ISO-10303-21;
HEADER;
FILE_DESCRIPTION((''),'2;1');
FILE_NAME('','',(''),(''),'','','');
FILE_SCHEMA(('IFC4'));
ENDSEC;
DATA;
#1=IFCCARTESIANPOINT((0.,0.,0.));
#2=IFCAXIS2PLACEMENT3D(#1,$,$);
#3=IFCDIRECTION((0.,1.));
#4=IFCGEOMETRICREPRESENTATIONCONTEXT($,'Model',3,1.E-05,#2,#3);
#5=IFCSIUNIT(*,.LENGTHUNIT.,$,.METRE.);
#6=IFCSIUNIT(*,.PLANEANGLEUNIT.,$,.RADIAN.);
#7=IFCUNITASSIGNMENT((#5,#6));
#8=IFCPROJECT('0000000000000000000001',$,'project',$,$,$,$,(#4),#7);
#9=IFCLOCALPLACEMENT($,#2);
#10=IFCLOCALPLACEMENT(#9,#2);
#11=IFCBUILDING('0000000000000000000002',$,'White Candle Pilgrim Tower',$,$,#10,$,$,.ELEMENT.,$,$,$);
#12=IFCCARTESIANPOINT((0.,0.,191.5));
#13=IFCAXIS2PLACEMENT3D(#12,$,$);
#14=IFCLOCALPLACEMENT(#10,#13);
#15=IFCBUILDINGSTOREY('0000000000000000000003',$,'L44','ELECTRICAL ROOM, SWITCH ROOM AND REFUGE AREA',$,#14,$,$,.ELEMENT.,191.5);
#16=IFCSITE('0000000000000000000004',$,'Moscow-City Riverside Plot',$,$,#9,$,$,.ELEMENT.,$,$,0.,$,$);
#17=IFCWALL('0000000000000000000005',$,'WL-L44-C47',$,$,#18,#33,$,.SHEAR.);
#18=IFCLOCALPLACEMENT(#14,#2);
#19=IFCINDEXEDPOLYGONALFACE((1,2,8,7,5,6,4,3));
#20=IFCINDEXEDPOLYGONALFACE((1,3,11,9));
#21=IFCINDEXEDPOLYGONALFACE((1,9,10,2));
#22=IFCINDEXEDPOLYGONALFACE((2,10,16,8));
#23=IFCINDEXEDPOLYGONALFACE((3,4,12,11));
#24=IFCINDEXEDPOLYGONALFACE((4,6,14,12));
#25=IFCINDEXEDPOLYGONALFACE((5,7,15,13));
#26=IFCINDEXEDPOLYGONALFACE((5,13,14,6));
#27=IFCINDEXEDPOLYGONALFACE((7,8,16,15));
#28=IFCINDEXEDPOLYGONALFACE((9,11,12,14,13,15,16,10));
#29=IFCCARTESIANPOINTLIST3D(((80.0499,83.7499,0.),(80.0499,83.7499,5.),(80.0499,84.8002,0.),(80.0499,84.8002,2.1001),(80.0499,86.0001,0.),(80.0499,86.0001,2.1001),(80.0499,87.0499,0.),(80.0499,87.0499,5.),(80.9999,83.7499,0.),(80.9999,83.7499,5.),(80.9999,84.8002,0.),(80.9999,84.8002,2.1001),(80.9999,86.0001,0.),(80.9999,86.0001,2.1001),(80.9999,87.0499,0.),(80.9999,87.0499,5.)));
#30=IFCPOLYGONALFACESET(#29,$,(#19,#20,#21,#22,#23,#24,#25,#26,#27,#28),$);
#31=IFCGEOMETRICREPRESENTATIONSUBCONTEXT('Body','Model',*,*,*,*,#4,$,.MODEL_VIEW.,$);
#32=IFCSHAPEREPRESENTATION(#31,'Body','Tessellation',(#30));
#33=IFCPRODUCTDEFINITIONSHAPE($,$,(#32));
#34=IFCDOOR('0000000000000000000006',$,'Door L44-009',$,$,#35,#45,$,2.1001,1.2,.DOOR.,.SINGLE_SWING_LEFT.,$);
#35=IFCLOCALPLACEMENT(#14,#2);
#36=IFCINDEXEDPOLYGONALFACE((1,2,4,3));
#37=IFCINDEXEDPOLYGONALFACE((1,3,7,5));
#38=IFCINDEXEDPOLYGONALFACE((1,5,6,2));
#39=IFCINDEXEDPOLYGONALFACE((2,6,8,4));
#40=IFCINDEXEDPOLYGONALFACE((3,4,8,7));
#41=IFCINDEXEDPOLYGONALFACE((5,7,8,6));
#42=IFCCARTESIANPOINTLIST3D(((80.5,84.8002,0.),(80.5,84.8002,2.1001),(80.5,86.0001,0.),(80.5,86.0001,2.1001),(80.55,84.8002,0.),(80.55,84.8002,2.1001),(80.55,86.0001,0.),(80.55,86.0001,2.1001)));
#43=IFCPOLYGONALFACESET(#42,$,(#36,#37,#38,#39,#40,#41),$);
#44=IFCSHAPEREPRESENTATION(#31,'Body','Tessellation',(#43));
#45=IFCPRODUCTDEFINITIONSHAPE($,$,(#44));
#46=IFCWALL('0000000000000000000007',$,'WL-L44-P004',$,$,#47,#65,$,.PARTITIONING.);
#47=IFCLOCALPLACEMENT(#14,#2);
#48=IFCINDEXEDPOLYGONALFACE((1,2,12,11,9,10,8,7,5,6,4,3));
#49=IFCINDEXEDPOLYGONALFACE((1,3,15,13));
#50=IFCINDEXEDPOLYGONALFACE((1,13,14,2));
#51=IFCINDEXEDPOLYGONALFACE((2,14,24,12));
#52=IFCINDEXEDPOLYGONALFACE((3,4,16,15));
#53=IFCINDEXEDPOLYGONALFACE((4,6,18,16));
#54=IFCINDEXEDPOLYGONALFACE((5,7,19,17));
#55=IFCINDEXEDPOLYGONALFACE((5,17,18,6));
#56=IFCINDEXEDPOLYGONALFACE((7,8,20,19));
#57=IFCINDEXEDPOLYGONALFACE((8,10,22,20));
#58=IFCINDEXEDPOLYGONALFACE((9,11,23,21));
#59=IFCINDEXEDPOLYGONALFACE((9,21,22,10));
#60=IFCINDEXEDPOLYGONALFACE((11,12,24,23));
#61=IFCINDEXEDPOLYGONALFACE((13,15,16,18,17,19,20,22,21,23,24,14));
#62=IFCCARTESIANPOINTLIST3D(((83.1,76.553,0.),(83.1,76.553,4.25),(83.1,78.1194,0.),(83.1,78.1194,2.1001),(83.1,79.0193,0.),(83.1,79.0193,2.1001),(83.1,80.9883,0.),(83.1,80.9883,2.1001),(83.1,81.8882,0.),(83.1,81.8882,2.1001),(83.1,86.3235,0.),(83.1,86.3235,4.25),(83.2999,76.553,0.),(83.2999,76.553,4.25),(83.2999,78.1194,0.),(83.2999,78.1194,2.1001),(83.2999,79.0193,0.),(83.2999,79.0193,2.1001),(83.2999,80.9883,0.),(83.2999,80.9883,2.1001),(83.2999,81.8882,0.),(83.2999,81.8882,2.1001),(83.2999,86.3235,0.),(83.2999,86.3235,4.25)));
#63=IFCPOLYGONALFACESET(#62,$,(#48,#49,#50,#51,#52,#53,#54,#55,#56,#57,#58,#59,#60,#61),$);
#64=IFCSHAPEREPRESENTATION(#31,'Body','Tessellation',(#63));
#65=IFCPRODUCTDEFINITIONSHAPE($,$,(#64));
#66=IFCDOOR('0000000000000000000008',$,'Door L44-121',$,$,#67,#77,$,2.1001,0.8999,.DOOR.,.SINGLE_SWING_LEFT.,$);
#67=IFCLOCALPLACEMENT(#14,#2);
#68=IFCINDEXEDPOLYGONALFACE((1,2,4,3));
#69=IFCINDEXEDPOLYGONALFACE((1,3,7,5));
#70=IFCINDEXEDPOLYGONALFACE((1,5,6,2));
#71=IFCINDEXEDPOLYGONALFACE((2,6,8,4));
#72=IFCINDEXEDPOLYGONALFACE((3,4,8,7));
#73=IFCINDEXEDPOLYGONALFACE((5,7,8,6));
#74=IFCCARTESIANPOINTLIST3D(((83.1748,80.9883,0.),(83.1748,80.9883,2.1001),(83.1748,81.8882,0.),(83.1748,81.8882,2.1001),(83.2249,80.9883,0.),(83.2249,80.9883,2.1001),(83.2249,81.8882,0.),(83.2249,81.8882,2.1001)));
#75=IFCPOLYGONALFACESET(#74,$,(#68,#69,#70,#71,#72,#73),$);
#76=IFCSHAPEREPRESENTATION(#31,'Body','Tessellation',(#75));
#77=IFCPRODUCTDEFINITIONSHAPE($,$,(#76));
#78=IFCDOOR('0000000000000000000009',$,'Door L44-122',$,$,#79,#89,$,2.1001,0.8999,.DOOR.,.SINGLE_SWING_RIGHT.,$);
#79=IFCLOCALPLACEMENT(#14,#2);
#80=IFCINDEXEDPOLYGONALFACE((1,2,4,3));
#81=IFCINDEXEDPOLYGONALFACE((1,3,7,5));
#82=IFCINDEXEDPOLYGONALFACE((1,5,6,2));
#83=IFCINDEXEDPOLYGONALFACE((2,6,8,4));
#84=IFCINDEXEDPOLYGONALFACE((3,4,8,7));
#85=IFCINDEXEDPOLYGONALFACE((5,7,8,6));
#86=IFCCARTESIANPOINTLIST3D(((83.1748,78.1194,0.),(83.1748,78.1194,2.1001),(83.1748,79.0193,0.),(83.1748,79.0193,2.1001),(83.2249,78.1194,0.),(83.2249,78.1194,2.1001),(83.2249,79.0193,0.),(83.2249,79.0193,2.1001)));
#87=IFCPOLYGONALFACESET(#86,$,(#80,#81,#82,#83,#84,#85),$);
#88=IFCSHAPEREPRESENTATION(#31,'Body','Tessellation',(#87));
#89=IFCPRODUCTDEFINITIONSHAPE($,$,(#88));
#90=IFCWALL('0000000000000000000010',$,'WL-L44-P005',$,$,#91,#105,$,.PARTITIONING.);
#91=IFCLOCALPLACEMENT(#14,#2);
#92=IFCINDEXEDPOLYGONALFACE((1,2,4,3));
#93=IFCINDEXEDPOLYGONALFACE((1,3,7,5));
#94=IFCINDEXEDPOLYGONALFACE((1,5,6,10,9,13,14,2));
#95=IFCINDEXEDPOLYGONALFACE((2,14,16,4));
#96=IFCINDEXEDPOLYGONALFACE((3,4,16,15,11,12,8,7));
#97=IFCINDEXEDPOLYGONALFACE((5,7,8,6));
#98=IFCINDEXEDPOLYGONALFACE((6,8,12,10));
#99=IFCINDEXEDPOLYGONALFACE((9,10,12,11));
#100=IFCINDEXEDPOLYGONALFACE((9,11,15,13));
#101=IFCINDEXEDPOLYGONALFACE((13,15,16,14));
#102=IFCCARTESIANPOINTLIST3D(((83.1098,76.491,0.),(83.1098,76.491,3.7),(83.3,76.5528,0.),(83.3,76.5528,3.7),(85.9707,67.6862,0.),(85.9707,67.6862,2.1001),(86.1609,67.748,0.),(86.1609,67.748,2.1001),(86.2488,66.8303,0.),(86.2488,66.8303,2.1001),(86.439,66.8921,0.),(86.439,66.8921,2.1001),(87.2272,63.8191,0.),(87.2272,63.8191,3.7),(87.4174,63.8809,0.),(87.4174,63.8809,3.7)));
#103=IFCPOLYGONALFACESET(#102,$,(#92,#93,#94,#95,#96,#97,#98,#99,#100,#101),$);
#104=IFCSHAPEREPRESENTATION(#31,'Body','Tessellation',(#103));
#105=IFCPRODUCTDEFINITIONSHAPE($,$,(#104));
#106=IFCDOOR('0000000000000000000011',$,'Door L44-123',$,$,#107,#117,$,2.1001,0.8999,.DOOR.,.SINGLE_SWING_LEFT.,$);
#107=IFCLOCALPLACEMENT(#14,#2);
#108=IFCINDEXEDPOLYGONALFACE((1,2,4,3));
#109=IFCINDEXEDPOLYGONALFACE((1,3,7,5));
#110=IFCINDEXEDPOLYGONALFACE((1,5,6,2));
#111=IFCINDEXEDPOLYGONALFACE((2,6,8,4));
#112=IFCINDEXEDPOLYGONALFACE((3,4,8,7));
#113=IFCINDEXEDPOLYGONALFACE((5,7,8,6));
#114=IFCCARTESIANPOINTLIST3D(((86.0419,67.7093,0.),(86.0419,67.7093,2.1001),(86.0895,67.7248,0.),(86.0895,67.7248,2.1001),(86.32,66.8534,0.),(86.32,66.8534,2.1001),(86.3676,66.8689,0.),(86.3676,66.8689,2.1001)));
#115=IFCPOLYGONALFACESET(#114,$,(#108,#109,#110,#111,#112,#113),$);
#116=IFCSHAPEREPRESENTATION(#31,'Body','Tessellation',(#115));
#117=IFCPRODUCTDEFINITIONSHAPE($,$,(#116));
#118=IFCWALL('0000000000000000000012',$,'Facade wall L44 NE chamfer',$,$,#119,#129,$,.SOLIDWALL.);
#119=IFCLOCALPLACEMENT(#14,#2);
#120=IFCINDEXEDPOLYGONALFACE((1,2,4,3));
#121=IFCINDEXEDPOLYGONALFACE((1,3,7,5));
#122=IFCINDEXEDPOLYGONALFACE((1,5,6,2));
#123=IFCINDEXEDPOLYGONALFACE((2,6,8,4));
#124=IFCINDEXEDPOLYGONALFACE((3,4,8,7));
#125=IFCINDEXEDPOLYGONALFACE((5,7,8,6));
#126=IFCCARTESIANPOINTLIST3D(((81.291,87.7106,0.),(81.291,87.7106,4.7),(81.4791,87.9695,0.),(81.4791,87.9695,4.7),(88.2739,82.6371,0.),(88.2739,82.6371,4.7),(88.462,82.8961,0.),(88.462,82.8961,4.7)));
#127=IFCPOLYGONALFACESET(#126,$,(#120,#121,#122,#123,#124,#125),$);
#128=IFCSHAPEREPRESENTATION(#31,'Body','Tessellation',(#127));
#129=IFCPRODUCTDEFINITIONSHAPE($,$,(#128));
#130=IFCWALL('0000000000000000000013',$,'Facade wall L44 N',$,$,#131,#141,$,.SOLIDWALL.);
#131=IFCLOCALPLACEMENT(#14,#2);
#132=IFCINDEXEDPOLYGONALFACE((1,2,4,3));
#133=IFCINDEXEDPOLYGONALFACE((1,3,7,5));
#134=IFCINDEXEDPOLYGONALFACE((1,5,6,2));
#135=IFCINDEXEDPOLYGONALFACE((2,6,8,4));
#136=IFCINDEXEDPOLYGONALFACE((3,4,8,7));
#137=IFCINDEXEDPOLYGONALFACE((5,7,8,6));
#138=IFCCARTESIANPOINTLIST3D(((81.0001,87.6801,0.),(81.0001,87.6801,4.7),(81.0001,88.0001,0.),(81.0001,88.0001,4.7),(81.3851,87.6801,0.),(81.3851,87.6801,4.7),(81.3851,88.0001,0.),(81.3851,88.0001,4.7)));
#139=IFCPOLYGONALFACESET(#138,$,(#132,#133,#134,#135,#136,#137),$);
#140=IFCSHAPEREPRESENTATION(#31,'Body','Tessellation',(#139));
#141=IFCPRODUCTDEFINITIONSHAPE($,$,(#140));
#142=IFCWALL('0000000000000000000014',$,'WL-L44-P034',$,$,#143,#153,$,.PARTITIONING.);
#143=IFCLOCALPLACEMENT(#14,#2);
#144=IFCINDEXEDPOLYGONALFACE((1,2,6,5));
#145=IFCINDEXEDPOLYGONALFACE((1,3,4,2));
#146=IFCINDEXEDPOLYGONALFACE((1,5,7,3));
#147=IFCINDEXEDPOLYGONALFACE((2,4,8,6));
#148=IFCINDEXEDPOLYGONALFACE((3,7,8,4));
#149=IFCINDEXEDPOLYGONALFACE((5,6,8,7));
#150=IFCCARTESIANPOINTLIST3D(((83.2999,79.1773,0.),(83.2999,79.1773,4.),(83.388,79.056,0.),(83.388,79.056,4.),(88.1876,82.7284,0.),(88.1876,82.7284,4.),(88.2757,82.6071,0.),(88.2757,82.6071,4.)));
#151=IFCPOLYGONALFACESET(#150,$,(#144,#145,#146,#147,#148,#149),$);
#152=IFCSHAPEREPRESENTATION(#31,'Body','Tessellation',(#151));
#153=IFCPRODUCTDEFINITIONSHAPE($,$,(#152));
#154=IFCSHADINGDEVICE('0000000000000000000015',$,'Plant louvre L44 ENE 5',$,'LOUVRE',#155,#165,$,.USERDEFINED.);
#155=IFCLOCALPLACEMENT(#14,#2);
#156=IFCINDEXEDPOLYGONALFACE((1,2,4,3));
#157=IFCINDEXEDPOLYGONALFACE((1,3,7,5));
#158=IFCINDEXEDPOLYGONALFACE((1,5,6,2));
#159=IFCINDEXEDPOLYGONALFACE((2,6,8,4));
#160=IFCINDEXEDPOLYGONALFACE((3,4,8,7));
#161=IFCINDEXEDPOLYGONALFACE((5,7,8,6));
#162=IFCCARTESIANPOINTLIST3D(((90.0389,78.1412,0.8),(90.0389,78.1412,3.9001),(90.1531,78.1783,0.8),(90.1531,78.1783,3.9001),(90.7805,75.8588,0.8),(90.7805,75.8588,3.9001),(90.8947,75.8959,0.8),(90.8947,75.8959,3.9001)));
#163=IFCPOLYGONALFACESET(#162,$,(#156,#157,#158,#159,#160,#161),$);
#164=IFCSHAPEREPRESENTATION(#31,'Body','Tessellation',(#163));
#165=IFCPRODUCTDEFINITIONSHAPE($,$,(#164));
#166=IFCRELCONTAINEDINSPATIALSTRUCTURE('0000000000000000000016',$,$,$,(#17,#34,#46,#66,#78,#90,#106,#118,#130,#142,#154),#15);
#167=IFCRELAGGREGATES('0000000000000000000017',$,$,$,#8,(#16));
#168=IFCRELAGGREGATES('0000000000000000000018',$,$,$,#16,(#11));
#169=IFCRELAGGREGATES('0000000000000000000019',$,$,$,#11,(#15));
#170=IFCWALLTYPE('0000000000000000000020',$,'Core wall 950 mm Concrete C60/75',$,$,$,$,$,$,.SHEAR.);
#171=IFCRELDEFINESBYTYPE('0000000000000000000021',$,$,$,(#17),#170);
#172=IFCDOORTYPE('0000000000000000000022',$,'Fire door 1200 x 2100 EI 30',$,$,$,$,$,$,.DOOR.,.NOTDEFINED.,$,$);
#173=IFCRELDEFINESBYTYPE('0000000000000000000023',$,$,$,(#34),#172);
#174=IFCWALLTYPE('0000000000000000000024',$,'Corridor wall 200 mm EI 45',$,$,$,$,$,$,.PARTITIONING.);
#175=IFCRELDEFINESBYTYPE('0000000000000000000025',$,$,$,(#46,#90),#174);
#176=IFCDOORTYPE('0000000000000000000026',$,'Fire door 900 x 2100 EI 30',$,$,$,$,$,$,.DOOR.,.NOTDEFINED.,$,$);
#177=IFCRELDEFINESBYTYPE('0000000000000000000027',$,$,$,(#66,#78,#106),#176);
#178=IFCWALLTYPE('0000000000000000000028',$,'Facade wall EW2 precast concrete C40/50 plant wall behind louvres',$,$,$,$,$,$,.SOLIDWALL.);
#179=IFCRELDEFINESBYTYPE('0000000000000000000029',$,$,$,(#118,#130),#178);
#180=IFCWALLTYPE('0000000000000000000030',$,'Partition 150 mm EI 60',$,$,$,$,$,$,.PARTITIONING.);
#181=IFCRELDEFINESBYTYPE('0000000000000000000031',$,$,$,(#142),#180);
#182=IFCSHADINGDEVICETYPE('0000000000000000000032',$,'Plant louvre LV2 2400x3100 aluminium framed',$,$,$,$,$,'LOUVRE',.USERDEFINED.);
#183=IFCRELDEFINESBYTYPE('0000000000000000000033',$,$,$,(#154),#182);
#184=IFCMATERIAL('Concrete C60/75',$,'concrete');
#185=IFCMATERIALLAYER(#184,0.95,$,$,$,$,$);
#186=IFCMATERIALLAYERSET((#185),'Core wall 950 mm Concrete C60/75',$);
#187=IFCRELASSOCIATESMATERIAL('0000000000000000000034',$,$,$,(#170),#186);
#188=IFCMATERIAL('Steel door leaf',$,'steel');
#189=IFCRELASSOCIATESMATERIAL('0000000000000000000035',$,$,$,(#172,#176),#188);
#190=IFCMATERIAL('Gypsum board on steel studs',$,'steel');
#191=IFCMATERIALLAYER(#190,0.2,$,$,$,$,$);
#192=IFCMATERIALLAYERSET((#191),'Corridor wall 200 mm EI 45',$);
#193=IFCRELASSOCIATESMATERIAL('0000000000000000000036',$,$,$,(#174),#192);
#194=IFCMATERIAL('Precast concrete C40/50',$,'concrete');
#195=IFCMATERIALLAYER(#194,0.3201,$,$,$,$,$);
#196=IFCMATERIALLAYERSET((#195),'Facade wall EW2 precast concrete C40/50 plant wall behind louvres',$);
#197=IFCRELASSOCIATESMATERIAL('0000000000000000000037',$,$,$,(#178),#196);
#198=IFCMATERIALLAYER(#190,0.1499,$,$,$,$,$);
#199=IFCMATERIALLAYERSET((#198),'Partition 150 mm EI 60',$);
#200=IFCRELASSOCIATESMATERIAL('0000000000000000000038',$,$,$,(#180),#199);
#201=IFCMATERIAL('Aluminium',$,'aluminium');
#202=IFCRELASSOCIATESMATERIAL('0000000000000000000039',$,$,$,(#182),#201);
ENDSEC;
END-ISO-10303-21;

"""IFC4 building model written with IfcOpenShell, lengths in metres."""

from ifc_helpers import new_model, si_unit, direction, frame, frame_2d, origin, origin_2d, place, context, subcontext, project, spatial, rectangle, extrude, material, layer, layer_set, type_object, element, fill, save


model = new_model("IFC4")

# Units and contexts
model_context = context("Model", 3, precision=1e-05, world=origin(), true_north=direction((0.0, 1.0)))
body_context = subcontext(model_context, "Body", "Model", "MODEL_VIEW")
ifc_project = project(units=[si_unit("LENGTHUNIT", "METRE"), si_unit("PLANEANGLEUNIT", "RADIAN")], contexts=[model_context])

# Site, building, storey
site_placement = place(None, origin())
site = spatial("IfcSite", under=ifc_project, at=site_placement, Name="Moscow-City Riverside Plot", CompositionType="ELEMENT", RefElevation=0.0)
building_placement = place(site_placement, origin())
building = spatial("IfcBuilding", under=site, at=building_placement, Name="White Candle Pilgrim Tower", CompositionType="ELEMENT")
storey_placement = place(building_placement, frame((0.0, 0.0, 191.5)))
storey = spatial("IfcBuildingStorey", under=building, at=storey_placement, Name="L44", Description="ELECTRICAL ROOM, SWITCH ROOM AND REFUGE AREA", CompositionType="ELEMENT", Elevation=191.5)

# Wall, opening, door
ifc_material_1 = material(Name="Concrete C60/75", Category="concrete")
ifc_layer_1 = layer(ifc_material_1, 0.95)
ifc_layer_set_1 = layer_set([ifc_layer_1], Name="Core wall 950 mm Concrete C60/75")
wall_type_1 = type_object("IfcWallType", Name="Core wall 950 mm Concrete C60/75", PredefinedType="SHEAR", material=ifc_layer_set_1)
wall_1_placement = place(storey_placement, frame((80.5249, 83.75, 0.0), z_axis=(0.0, 0.0, 1.0), x_axis=(0.0, 1.0, 0.0)))
wall_1 = element("IfcWall", 1, at=wall_1_placement, inside=storey, type_object=wall_type_1, Name="WL-L44-C47", PredefinedType="SHEAR", context=body_context, shape_type="SweptSolid", body=[
    extrude(rectangle(XDim=3.3, YDim=0.95, at=frame_2d((1.6499, 0.0))), origin(), (0.0, 0.0, 1.0), 5.0),
])
opening_1_placement = place(wall_1_placement, frame((1.05, 0.0, 0.0)))
opening_1 = element("IfcOpeningElement", 2, at=opening_1_placement, cuts=wall_1, PredefinedType="OPENING", context=body_context, shape_type="SweptSolid", body=[
    extrude(rectangle(XDim=1.2, YDim=2.1001, at=frame_2d((0.6001, 1.05))), frame((0.0, 0.4849, 0.0), z_axis=(0.0, -1.0, 0.0), x_axis=(1.0, 0.0, 0.0)), (0.0, 0.0, 1.0), 0.97),
])
ifc_material_2 = material(Name="Steel door leaf", Category="steel")
door_type_1 = type_object("IfcDoorType", Name="Fire door 1200 x 2100 EI 30", OperationType="NOTDEFINED", PredefinedType="DOOR", material=ifc_material_2)
door_1_placement = place(opening_1_placement, origin())
door_1 = element("IfcDoor", 3, at=door_1_placement, inside=storey, type_object=door_type_1, Name="Door L44-009", OperationType="SINGLE_SWING_LEFT", OverallHeight=2.1001, OverallWidth=1.2, PredefinedType="DOOR", context=body_context, shape_type="SweptSolid", body=[
    extrude(rectangle(XDim=1.2, YDim=2.1001, at=frame_2d((0.6001, 1.05))), frame((0.0, 0.0249, 0.0), z_axis=(0.0, -1.0, 0.0), x_axis=(1.0, 0.0, 0.0)), (0.0, 0.0, 1.0), 0.05),
])
fill(opening_1, door_1)

# Wall, openings, doors
ifc_material_3 = material(Name="Gypsum board on steel studs", Category="steel")
ifc_layer_2 = layer(ifc_material_3, 0.2)
ifc_layer_set_2 = layer_set([ifc_layer_2], Name="Corridor wall 200 mm EI 45")
wall_type_2 = type_object("IfcWallType", Name="Corridor wall 200 mm EI 45", PredefinedType="PARTITIONING", material=ifc_layer_set_2)
wall_2_placement = place(storey_placement, frame((83.2, 86.3235, 0.0), z_axis=(0.0, 0.0, 1.0), x_axis=(0.0, -1.0, 0.0)))
wall_2 = element("IfcWall", 4, at=wall_2_placement, inside=storey, type_object=wall_type_2, Name="WL-L44-P004", PredefinedType="PARTITIONING", context=body_context, shape_type="SweptSolid", body=[
    extrude(rectangle(XDim=9.7705, YDim=0.2, at=frame_2d((4.8853, 0.0))), origin(), (0.0, 0.0, 1.0), 4.25),
])
opening_2_placement = place(wall_2_placement, frame((4.4353, 0.0, 0.0)))
opening_2 = element("IfcOpeningElement", 5, at=opening_2_placement, cuts=wall_2, PredefinedType="OPENING", context=body_context, shape_type="SweptSolid", body=[
    extrude(rectangle(XDim=0.8999, YDim=2.1001, at=frame_2d((0.45, 1.05))), frame((0.0, 0.1099, 0.0), z_axis=(0.0, -1.0, 0.0), x_axis=(1.0, 0.0, 0.0)), (0.0, 0.0, 1.0), 0.22),
])
opening_3_placement = place(wall_2_placement, frame((7.3042, 0.0, 0.0)))
opening_3 = element("IfcOpeningElement", 6, at=opening_3_placement, cuts=wall_2, PredefinedType="OPENING", context=body_context, shape_type="SweptSolid", body=[
    extrude(rectangle(XDim=0.8999, YDim=2.1001, at=frame_2d((0.45, 1.05))), frame((0.0, 0.1099, 0.0), z_axis=(0.0, -1.0, 0.0), x_axis=(1.0, 0.0, 0.0)), (0.0, 0.0, 1.0), 0.22),
])
door_type_2 = type_object("IfcDoorType", Name="Fire door 900 x 2100 EI 30", OperationType="NOTDEFINED", PredefinedType="DOOR", material=ifc_material_2)
door_2_placement = place(opening_2_placement, origin())
door_2 = element("IfcDoor", 7, at=door_2_placement, inside=storey, type_object=door_type_2, Name="Door L44-121", OperationType="SINGLE_SWING_LEFT", OverallHeight=2.1001, OverallWidth=0.8999, PredefinedType="DOOR", context=body_context, shape_type="SweptSolid", body=[
    extrude(rectangle(XDim=0.8999, YDim=2.1001, at=frame_2d((0.45, 1.05))), frame((0.0, 0.0249, 0.0), z_axis=(0.0, -1.0, 0.0), x_axis=(1.0, 0.0, 0.0)), (0.0, 0.0, 1.0), 0.05),
])
fill(opening_2, door_2)
door_3_placement = place(opening_3_placement, origin())
door_3 = element("IfcDoor", 8, at=door_3_placement, inside=storey, type_object=door_type_2, Name="Door L44-122", OperationType="SINGLE_SWING_RIGHT", OverallHeight=2.1001, OverallWidth=0.8999, PredefinedType="DOOR", context=body_context, shape_type="SweptSolid", body=[
    extrude(rectangle(XDim=0.8999, YDim=2.1001, at=frame_2d((0.45, 1.05))), frame((0.0, 0.0249, 0.0), z_axis=(0.0, -1.0, 0.0), x_axis=(1.0, 0.0, 0.0)), (0.0, 0.0, 1.0), 0.05),
])
fill(opening_3, door_3)

# Wall, opening, door
wall_3_placement = place(storey_placement, frame((83.2048, 76.522, 0.0), z_axis=(0.0, 0.0, 1.0), x_axis=(0.309023, -0.951055, 0.0)))
wall_3 = element("IfcWall", 9, at=wall_3_placement, inside=storey, type_object=wall_type_2, Name="WL-L44-P005", PredefinedType="PARTITIONING", context=body_context, shape_type="SweptSolid", body=[
    extrude(rectangle(XDim=13.324, YDim=0.2, at=frame_2d((6.6621, 0.0))), origin(), (0.0, 0.0, 1.0), 3.7),
])
opening_4_placement = place(wall_3_placement, frame((9.2581, 0.0, 0.0)))
opening_4 = element("IfcOpeningElement", 10, at=opening_4_placement, cuts=wall_3, PredefinedType="OPENING", context=body_context, shape_type="SweptSolid", body=[
    extrude(rectangle(XDim=0.8999, YDim=2.1001, at=frame_2d((0.45, 1.05))), frame((0.0, 0.1099, 0.0), z_axis=(0.0, -1.0, 0.0), x_axis=(1.0, 0.0, 0.0)), (0.0, 0.0, 1.0), 0.22),
])
door_4_placement = place(opening_4_placement, origin())
door_4 = element("IfcDoor", 11, at=door_4_placement, inside=storey, type_object=door_type_2, Name="Door L44-123", OperationType="SINGLE_SWING_LEFT", OverallHeight=2.1001, OverallWidth=0.8999, PredefinedType="DOOR", context=body_context, shape_type="SweptSolid", body=[
    extrude(rectangle(XDim=0.8999, YDim=2.1001, at=frame_2d((0.45, 1.05))), frame((0.0, 0.0249, 0.0), z_axis=(0.0, -1.0, 0.0), x_axis=(1.0, 0.0, 0.0)), (0.0, 0.0, 1.0), 0.05),
])
fill(opening_4, door_4)

# Walls
ifc_material_4 = material(Name="Precast concrete C40/50", Category="concrete")
ifc_layer_3 = layer(ifc_material_4, 0.3201)
ifc_layer_set_3 = layer_set([ifc_layer_3], Name="Facade wall EW2 precast concrete C40/50 plant wall behind louvres")
wall_type_3 = type_object("IfcWallType", Name="Facade wall EW2 precast concrete C40/50 plant wall behind louvres", PredefinedType="SOLIDWALL", material=ifc_layer_set_3)
wall_4_placement = place(storey_placement, frame((88.3679, 82.7666, 0.0), z_axis=(0.0, 0.0, 1.0), x_axis=(-0.809011, 0.587793, 0.0)))
element("IfcWall", 12, at=wall_4_placement, inside=storey, type_object=wall_type_3, Name="Facade wall L44 NE chamfer", PredefinedType="SOLIDWALL", context=body_context, shape_type="SweptSolid", body=[
    extrude(rectangle(XDim=8.6313, YDim=0.3201, at=frame_2d((4.3157, 0.0))), origin(), (0.0, 0.0, 1.0), 4.7),
])
wall_5_placement = place(storey_placement, frame((81.385, 87.8401, 0.0), z_axis=(0.0, 0.0, 1.0), x_axis=(-1.0, 0.0, 0.0)))
element("IfcWall", 13, at=wall_5_placement, inside=storey, type_object=wall_type_3, Name="Facade wall L44 N", PredefinedType="SOLIDWALL", context=body_context, shape_type="SweptSolid", body=[
    extrude(rectangle(XDim=0.385, YDim=0.3201, at=frame_2d((0.1924, 0.0))), origin(), (0.0, 0.0, 1.0), 4.7),
])
ifc_layer_4 = layer(ifc_material_3, 0.1499)
ifc_layer_set_4 = layer_set([ifc_layer_4], Name="Partition 150 mm EI 60")
wall_type_4 = type_object("IfcWallType", Name="Partition 150 mm EI 60", PredefinedType="PARTITIONING", material=ifc_layer_set_4)
wall_6_placement = place(storey_placement, frame((88.2317, 82.6677, 0.0), z_axis=(0.0, 0.0, 1.0), x_axis=(-0.809024, -0.587775, 0.0)))
element("IfcWall", 14, at=wall_6_placement, inside=storey, type_object=wall_type_4, Name="WL-L44-P034", PredefinedType="PARTITIONING", context=body_context, shape_type="SweptSolid", body=[
    extrude(rectangle(XDim=6.0415, YDim=0.1499, at=frame_2d((3.0208, 0.0))), origin(), (0.0, 0.0, 1.0), 4.0),
])

# Shading device
ifc_material_5 = material(Name="Aluminium", Category="aluminium")
shading_device_type = type_object("IfcShadingDeviceType", Name="Plant louvre LV2 2400x3100 aluminium framed", ElementType="LOUVRE", PredefinedType="USERDEFINED", material=ifc_material_5)
for number, where, z_axis, x_axis, name in (
    (15, (90.4668, 77.0186, 0.8), (0.0, 0.0, 1.0), (-0.309017, 0.951057, 0.0), "Plant louvre L44 ENE 5"),
):
    element("IfcShadingDevice", number, at=place(storey_placement, frame(where, z_axis=z_axis, x_axis=x_axis)), inside=storey, type_object=shading_device_type, Name=name, ObjectType="LOUVRE", PredefinedType="USERDEFINED", context=body_context, shape_type="SweptSolid", body=[
        extrude(rectangle(XDim=2.3999, YDim=0.1201, at=origin_2d()), origin(), (0.0, 0.0, 1.0), 3.1001),
    ])

save(model, "model.ifc")
